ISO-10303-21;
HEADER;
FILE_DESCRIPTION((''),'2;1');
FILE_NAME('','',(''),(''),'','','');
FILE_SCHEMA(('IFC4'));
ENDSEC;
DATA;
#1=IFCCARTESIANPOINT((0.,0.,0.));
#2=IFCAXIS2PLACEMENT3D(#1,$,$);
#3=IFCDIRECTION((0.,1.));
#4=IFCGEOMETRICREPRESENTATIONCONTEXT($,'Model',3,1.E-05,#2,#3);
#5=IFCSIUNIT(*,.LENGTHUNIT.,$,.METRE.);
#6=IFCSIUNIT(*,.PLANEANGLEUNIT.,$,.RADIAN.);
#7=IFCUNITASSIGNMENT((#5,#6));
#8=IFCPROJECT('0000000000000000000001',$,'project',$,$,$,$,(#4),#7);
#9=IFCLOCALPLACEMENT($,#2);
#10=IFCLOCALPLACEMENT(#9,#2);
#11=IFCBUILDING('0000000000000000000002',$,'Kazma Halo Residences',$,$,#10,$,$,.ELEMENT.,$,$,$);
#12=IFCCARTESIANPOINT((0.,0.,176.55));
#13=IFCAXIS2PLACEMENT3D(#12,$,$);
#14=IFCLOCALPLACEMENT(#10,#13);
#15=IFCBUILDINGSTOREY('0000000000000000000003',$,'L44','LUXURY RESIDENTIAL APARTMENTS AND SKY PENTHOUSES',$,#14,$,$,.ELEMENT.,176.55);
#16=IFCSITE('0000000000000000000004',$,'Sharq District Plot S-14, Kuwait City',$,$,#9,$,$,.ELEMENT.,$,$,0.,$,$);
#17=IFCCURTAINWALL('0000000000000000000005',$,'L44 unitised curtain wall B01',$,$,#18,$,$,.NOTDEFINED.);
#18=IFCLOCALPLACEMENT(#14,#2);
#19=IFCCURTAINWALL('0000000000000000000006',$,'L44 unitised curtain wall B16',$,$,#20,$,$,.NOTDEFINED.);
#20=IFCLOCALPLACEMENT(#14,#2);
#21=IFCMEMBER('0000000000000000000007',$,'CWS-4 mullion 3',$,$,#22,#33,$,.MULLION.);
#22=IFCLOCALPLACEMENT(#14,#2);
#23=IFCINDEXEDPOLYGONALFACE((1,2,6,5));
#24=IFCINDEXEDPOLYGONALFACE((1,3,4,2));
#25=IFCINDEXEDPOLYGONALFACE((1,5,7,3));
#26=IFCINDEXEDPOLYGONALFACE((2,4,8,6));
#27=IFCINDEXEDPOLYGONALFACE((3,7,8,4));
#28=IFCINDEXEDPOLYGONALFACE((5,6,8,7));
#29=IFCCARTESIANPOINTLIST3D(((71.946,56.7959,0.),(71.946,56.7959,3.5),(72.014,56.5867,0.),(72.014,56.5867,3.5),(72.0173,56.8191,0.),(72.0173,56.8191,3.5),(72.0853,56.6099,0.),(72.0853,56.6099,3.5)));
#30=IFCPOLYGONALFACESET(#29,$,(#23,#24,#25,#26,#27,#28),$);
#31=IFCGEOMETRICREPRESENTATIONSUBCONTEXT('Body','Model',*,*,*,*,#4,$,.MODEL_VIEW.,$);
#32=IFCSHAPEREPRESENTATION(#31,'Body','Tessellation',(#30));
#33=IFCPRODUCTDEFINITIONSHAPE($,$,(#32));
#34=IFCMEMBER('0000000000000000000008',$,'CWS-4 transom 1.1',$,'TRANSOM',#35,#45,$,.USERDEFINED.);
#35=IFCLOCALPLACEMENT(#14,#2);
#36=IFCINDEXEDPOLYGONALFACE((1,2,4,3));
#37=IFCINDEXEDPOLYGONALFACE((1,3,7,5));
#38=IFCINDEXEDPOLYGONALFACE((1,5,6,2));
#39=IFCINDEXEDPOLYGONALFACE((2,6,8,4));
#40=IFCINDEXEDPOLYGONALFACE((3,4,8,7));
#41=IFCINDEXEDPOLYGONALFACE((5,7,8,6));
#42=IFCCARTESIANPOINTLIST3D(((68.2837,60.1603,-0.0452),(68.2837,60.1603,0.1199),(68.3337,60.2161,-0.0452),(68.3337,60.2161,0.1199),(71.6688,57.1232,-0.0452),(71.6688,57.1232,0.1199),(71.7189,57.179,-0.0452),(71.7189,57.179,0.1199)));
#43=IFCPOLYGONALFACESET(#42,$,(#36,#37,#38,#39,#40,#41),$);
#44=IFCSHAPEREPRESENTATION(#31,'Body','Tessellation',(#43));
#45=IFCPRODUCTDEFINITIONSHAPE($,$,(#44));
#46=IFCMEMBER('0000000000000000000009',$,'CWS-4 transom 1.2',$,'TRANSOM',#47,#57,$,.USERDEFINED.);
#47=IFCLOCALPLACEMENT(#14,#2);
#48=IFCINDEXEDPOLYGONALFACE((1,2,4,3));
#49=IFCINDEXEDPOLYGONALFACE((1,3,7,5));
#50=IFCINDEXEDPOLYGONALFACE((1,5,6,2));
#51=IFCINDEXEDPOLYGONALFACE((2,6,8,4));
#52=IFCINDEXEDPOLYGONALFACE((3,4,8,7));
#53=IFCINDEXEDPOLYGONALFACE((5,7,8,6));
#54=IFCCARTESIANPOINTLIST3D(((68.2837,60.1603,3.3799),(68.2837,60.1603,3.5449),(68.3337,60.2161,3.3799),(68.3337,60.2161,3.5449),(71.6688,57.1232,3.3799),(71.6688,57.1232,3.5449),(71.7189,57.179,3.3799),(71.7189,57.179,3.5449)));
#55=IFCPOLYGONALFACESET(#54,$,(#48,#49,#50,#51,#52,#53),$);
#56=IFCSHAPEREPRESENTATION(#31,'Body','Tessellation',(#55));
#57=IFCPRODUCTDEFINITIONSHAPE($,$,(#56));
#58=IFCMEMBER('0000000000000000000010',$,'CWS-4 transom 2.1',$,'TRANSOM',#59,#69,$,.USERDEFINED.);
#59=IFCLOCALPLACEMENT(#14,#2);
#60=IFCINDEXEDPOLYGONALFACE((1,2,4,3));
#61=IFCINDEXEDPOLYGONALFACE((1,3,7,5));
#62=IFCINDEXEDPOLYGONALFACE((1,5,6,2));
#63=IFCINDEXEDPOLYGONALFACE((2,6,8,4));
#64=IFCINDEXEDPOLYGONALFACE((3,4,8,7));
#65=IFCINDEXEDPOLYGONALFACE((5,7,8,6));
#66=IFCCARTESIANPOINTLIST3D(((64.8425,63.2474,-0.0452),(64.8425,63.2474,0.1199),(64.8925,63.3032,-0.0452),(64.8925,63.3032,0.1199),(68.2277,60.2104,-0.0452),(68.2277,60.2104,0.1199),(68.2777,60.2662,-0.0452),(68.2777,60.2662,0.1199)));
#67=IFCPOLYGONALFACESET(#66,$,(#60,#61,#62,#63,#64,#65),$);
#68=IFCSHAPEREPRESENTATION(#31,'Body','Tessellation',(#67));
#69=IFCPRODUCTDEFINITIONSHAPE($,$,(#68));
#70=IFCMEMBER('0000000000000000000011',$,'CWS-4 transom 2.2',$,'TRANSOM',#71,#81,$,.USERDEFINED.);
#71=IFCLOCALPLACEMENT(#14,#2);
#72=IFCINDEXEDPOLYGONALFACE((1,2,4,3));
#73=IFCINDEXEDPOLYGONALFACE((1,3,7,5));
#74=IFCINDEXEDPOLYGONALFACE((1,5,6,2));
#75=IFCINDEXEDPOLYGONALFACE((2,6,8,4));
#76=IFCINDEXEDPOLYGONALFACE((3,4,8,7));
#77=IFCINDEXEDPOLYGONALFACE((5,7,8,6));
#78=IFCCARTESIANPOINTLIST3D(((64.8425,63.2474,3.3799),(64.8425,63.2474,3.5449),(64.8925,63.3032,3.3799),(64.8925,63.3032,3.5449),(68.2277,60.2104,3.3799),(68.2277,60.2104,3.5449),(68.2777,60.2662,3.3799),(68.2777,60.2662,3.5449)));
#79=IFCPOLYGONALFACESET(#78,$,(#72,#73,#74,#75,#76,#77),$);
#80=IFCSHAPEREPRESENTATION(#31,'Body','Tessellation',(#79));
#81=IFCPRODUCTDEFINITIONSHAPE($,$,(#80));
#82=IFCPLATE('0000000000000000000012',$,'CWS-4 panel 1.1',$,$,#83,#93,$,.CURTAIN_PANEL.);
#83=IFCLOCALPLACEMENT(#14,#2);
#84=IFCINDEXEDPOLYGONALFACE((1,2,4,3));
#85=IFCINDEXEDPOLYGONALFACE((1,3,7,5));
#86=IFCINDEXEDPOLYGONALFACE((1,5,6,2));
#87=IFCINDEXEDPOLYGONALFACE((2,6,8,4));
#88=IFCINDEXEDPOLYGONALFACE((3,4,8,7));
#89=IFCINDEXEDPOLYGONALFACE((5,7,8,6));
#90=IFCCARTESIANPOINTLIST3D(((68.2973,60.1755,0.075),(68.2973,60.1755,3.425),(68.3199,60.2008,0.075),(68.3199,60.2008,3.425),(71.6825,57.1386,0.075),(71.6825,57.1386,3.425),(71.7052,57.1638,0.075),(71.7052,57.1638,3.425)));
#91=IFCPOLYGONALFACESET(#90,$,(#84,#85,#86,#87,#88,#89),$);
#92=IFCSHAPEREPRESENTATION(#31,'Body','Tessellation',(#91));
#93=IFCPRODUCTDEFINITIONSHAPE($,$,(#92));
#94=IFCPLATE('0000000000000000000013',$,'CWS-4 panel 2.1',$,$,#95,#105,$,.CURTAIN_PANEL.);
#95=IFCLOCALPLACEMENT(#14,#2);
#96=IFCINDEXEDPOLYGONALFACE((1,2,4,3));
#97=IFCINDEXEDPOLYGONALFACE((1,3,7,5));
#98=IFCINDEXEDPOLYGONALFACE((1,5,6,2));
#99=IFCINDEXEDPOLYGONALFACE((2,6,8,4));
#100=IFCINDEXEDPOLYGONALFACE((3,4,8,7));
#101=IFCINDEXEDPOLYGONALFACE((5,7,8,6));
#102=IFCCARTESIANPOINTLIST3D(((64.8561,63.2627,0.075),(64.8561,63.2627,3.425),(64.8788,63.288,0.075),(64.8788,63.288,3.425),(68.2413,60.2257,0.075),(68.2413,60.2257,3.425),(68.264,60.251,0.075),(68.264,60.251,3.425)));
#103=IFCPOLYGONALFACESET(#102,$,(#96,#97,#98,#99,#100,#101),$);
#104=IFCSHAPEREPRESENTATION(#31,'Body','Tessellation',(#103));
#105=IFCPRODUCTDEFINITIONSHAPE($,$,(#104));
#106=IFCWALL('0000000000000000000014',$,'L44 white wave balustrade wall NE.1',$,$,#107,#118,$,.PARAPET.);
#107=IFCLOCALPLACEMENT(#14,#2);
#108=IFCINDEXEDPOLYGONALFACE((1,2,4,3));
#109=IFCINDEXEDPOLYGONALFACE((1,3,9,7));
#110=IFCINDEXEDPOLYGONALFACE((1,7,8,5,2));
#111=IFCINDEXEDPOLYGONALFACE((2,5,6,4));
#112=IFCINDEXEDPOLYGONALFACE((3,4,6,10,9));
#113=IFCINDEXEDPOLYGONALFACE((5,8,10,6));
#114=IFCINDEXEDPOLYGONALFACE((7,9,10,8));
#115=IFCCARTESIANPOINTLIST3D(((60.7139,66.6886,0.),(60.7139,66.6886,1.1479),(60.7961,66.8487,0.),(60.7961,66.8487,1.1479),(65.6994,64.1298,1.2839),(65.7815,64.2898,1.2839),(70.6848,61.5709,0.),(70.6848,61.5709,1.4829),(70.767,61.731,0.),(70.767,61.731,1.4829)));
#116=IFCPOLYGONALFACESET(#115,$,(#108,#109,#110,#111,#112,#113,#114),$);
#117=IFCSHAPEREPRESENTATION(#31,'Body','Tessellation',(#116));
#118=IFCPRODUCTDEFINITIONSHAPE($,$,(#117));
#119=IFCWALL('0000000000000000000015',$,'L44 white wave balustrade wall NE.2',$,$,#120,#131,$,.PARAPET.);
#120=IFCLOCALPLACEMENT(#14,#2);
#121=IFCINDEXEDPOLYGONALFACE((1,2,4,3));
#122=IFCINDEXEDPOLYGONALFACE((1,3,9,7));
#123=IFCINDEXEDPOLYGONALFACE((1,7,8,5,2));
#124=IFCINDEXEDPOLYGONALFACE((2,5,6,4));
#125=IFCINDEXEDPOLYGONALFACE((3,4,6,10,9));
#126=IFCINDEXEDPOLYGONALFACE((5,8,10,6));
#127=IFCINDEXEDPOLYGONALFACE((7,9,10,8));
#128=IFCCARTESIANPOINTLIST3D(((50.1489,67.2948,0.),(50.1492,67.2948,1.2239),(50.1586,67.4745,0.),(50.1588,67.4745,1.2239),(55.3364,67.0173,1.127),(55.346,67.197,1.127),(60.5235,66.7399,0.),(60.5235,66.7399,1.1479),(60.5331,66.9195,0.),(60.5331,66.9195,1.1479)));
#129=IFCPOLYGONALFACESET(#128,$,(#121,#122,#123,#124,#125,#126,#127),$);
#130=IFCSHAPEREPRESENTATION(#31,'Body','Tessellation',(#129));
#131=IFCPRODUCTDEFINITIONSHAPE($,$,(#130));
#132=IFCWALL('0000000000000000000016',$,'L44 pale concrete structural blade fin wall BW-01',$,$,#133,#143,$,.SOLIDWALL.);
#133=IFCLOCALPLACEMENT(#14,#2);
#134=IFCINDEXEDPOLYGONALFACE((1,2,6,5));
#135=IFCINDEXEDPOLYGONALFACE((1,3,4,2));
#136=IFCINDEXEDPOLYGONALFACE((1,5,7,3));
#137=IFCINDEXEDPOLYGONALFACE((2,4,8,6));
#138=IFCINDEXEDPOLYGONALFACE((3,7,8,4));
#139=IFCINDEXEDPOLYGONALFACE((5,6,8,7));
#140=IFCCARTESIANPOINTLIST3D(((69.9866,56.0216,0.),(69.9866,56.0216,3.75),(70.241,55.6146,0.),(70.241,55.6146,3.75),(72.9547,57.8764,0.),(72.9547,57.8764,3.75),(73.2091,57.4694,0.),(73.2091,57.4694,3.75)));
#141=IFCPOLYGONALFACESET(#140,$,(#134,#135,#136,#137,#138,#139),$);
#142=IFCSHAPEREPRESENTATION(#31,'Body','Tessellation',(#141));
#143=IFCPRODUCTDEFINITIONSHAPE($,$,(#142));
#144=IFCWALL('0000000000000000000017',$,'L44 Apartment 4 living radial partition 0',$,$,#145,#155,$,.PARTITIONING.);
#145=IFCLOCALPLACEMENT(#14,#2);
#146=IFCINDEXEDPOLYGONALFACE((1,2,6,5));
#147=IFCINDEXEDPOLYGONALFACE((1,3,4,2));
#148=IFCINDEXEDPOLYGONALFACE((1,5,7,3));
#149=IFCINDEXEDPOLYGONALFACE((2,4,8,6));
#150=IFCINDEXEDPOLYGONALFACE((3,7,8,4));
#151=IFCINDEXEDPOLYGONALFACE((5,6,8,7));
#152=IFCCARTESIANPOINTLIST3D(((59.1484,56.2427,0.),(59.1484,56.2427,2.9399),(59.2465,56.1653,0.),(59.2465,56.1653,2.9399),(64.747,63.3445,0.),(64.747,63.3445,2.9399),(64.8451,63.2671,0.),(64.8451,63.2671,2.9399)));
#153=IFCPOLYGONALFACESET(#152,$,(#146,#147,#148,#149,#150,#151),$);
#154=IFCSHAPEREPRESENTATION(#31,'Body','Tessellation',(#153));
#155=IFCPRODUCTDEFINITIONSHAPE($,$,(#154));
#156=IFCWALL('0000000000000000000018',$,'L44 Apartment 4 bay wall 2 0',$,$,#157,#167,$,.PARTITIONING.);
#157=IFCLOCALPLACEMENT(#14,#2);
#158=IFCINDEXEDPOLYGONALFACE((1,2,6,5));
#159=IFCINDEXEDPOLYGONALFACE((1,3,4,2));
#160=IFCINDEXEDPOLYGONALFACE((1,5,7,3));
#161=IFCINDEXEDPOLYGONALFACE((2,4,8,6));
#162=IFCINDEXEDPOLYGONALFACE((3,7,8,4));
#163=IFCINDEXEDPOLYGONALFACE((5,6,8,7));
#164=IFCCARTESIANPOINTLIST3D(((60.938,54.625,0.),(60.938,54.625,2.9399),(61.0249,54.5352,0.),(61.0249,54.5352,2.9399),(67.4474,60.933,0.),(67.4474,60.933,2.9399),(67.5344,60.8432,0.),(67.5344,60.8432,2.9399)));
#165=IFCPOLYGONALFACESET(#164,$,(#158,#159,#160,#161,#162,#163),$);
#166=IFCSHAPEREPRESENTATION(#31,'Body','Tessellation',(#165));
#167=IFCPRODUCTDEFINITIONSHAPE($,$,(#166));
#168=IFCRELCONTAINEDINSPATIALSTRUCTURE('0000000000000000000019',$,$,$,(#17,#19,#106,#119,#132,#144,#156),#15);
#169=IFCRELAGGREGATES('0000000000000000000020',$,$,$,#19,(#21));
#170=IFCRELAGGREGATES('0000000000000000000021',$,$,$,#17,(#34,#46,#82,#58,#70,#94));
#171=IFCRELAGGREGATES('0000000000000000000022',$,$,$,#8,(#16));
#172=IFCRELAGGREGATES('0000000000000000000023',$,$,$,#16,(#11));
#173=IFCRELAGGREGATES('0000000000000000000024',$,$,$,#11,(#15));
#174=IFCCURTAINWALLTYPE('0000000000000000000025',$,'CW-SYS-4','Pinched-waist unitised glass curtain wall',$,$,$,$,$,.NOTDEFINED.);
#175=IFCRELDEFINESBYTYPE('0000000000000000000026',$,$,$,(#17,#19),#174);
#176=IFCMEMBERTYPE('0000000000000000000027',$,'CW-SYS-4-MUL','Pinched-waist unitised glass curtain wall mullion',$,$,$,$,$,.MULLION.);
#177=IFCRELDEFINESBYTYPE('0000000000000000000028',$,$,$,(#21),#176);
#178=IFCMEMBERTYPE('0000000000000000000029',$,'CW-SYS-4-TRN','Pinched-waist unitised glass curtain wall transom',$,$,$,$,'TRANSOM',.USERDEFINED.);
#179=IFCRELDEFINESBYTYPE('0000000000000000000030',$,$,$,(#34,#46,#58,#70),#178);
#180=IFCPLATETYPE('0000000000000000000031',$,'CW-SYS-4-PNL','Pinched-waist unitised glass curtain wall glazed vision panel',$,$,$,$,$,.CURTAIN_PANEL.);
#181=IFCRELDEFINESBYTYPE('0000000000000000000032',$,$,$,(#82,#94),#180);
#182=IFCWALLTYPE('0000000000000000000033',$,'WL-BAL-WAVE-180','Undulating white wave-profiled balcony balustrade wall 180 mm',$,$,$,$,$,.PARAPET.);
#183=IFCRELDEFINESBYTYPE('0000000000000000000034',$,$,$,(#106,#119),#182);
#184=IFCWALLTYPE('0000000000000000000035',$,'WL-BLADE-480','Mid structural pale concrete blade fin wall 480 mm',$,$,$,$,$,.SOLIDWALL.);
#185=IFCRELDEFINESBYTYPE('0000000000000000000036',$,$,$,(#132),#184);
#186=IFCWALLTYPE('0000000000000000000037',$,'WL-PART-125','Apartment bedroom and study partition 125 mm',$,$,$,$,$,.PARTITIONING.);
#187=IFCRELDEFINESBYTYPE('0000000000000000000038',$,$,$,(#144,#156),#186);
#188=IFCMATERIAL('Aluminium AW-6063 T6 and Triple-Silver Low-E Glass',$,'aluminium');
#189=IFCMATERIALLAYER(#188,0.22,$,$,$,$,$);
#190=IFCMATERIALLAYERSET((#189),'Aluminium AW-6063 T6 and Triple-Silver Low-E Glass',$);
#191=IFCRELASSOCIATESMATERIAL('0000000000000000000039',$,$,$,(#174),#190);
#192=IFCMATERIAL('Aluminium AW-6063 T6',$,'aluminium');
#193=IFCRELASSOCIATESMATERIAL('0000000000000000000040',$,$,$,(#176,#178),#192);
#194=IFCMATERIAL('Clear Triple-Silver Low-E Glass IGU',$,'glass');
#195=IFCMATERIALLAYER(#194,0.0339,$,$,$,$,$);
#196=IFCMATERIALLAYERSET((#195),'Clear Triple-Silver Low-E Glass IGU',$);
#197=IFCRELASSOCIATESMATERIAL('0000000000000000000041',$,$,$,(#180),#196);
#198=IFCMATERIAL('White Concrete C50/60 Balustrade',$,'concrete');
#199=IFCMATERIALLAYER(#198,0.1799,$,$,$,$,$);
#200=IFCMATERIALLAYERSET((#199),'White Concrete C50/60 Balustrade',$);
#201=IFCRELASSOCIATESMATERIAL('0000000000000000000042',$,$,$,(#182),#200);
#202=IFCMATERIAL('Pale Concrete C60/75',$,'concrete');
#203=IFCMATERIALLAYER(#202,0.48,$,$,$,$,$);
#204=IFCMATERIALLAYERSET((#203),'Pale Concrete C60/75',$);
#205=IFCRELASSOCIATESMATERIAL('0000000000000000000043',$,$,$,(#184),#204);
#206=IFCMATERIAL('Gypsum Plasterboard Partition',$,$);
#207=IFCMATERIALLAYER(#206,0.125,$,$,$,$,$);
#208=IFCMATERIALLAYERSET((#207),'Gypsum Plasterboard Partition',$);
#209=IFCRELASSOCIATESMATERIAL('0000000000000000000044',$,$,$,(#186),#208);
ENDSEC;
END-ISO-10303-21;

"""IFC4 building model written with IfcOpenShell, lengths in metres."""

from ifc_helpers import new_model, si_unit, direction, frame, frame_2d, origin, origin_2d, place, context, subcontext, project, spatial, polyline, rectangle, outline, extrude, material, layer, layer_set, material_profile, profile_set, type_object, element, aggregate, save


model = new_model("IFC4")

# Units and contexts
model_context = context("Model", 3, precision=1e-05, world=origin(), true_north=direction((0.0, 1.0)))
body_context = subcontext(model_context, "Body", "Model", "MODEL_VIEW")
ifc_project = project(units=[si_unit("LENGTHUNIT", "METRE"), si_unit("PLANEANGLEUNIT", "RADIAN")], contexts=[model_context])

# Site, building, storey
site_placement = place(None, origin())
site = spatial("IfcSite", under=ifc_project, at=site_placement, Name="Sharq District Plot S-14, Kuwait City", CompositionType="ELEMENT", RefElevation=0.0)
building_placement = place(site_placement, origin())
building = spatial("IfcBuilding", under=site, at=building_placement, Name="Kazma Halo Residences", CompositionType="ELEMENT")
storey_placement = place(building_placement, frame((0.0, 0.0, 176.55)))
storey = spatial("IfcBuildingStorey", under=building, at=storey_placement, Name="L44", Description="LUXURY RESIDENTIAL APARTMENTS AND SKY PENTHOUSES", CompositionType="ELEMENT", Elevation=176.55)

# Curtain wall
ifc_material_1 = material(Name="Aluminium AW-6063 T6 and Triple-Silver Low-E Glass", Category="aluminium")
ifc_layer_1 = layer(ifc_material_1, 0.22)
ifc_layer_set_1 = layer_set([ifc_layer_1], Name="Aluminium AW-6063 T6 and Triple-Silver Low-E Glass")
curtain_wall_type = type_object("IfcCurtainWallType", Name="CW-SYS-4", Description="Pinched-waist unitised glass curtain wall", PredefinedType="NOTDEFINED", material=ifc_layer_set_1)
curtain_wall_1_placement = place(storey_placement, origin())
curtain_wall_1 = element("IfcCurtainWall", 1, at=curtain_wall_1_placement, inside=storey, type_object=curtain_wall_type, Name="L44 unitised curtain wall B01", PredefinedType="NOTDEFINED")
ifc_material_2 = material(Name="Aluminium AW-6063 T6", Category="aluminium")
ifc_material_profile_1 = material_profile(ifc_material_2, rectangle(XDim=0.075, YDim=0.22, at=origin_2d()), Name="CWM-75x220")
ifc_profile_set_1 = profile_set([ifc_material_profile_1], Name="Aluminium AW-6063 T6")
member_type_1 = type_object("IfcMemberType", Name="CW-SYS-4-MUL", Description="Pinched-waist unitised glass curtain wall mullion", PredefinedType="MULLION", material=ifc_profile_set_1)

# Curtain wall, member
curtain_wall_2_placement = place(storey_placement, origin())
curtain_wall_2 = element("IfcCurtainWall", 2, at=curtain_wall_2_placement, inside=storey, type_object=curtain_wall_type, Name="L44 unitised curtain wall B16", PredefinedType="NOTDEFINED")
member_1_placement = place(storey_placement, frame((72.0156, 56.7029, 0.0), z_axis=(0.0, 0.0, 1.0), x_axis=(-0.951057, -0.309016, 0.0)))
member_1 = element("IfcMember", 3, at=member_1_placement, type_object=member_type_1, Name="CWS-4 mullion 3", PredefinedType="MULLION", context=body_context, shape_type="SweptSolid", body=[
    extrude(rectangle(XDim=0.075, YDim=0.22, at=origin_2d()), origin(), (0.0, 0.0, 1.0), 3.5),
])
aggregate(curtain_wall_2, [member_1])

# Members
ifc_material_profile_2 = material_profile(ifc_material_2, rectangle(XDim=0.075, YDim=0.165, at=origin_2d()), Name="CWT-75x165")
ifc_profile_set_2 = profile_set([ifc_material_profile_2], Name="Aluminium AW-6063 T6")
member_type_2 = type_object("IfcMemberType", Name="CW-SYS-4-TRN", Description="Pinched-waist unitised glass curtain wall transom", ElementType="TRANSOM", PredefinedType="USERDEFINED", material=ifc_profile_set_2)
member_2_placement = place(storey_placement, frame((71.6938, 57.1511, 0.0374), z_axis=(-0.744345, 0.667795, 0.0), x_axis=(-0.667795, -0.744345, 0.0)))
member_2 = element("IfcMember", 4, at=member_2_placement, type_object=member_type_2, Name="CWS-4 transom 1.1", ObjectType="TRANSOM", PredefinedType="USERDEFINED", context=body_context, shape_type="SweptSolid", body=[
    extrude(rectangle(XDim=0.075, YDim=0.165, at=origin_2d()), origin(), (0.0, 0.0, 1.0), 4.5479),
])
member_3_placement = place(storey_placement, frame((71.6938, 57.1511, 3.4624), z_axis=(-0.744345, 0.667795, 0.0), x_axis=(-0.667795, -0.744345, 0.0)))
member_3 = element("IfcMember", 5, at=member_3_placement, type_object=member_type_2, Name="CWS-4 transom 1.2", ObjectType="TRANSOM", PredefinedType="USERDEFINED", context=body_context, shape_type="SweptSolid", body=[
    extrude(rectangle(XDim=0.075, YDim=0.165, at=origin_2d()), origin(), (0.0, 0.0, 1.0), 4.5479),
])
member_4_placement = place(storey_placement, frame((68.2527, 60.2383, 0.0374), z_axis=(-0.744345, 0.667795, 0.0), x_axis=(-0.667795, -0.744345, 0.0)))
member_4 = element("IfcMember", 6, at=member_4_placement, type_object=member_type_2, Name="CWS-4 transom 2.1", ObjectType="TRANSOM", PredefinedType="USERDEFINED", context=body_context, shape_type="SweptSolid", body=[
    extrude(rectangle(XDim=0.075, YDim=0.165, at=origin_2d()), origin(), (0.0, 0.0, 1.0), 4.5479),
])
member_5_placement = place(storey_placement, frame((68.2527, 60.2383, 3.4624), z_axis=(-0.744345, 0.667795, 0.0), x_axis=(-0.667795, -0.744345, 0.0)))
member_5 = element("IfcMember", 7, at=member_5_placement, type_object=member_type_2, Name="CWS-4 transom 2.2", ObjectType="TRANSOM", PredefinedType="USERDEFINED", context=body_context, shape_type="SweptSolid", body=[
    extrude(rectangle(XDim=0.075, YDim=0.165, at=origin_2d()), origin(), (0.0, 0.0, 1.0), 4.5479),
])

# Plates
ifc_material_3 = material(Name="Clear Triple-Silver Low-E Glass IGU", Category="glass")
ifc_layer_2 = layer(ifc_material_3, 0.0339)
ifc_layer_set_2 = layer_set([ifc_layer_2], Name="Clear Triple-Silver Low-E Glass IGU")
plate_type = type_object("IfcPlateType", Name="CW-SYS-4-PNL", Description="Pinched-waist unitised glass curtain wall glazed vision panel", PredefinedType="CURTAIN_PANEL", material=ifc_layer_set_2)
plate_1_placement = place(storey_placement, frame((70.0012, 58.6697, 0.075), z_axis=(0.0, 0.0, 1.0), x_axis=(-0.744355, 0.667784, 0.0)))
plate_1 = element("IfcPlate", 8, at=plate_1_placement, type_object=plate_type, Name="CWS-4 panel 1.1", PredefinedType="CURTAIN_PANEL", context=body_context, shape_type="SweptSolid", body=[
    extrude(rectangle(XDim=4.5479, YDim=0.0339, at=origin_2d()), origin(), (0.0, 0.0, 1.0), 3.3501),
])
plate_2_placement = place(storey_placement, frame((66.5601, 61.7568, 0.075), z_axis=(0.0, 0.0, 1.0), x_axis=(-0.744355, 0.667784, 0.0)))
plate_2 = element("IfcPlate", 9, at=plate_2_placement, type_object=plate_type, Name="CWS-4 panel 2.1", PredefinedType="CURTAIN_PANEL", context=body_context, shape_type="SweptSolid", body=[
    extrude(rectangle(XDim=4.5479, YDim=0.0339, at=origin_2d()), origin(), (0.0, 0.0, 1.0), 3.3501),
])
aggregate(curtain_wall_1, [member_2, member_3, plate_1, member_4, member_5, plate_2])

# Walls
ifc_material_4 = material(Name="White Concrete C50/60 Balustrade", Category="concrete")
ifc_layer_3 = layer(ifc_material_4, 0.1799)
ifc_layer_set_3 = layer_set([ifc_layer_3], Name="White Concrete C50/60 Balustrade")
wall_type_1 = type_object("IfcWallType", Name="WL-BAL-WAVE-180", Description="Undulating white wave-profiled balcony balustrade wall 180 mm", PredefinedType="PARAPET", material=ifc_layer_set_3)
wall_1_placement = place(storey_placement, frame((70.7258, 61.6509, 0.0), z_axis=(0.0, 0.0, 1.0), x_axis=(-0.889659, 0.456625, 0.0)))
element("IfcWall", 10, at=wall_1_placement, inside=storey, type_object=wall_type_1, Name="L44 white wave balustrade wall NE.1", PredefinedType="PARAPET", context=body_context, shape_type="SweptSolid", body=[
    extrude(outline(polyline([(0.0, 0.0), (11.2075, 0.0), (11.2075, 1.1479), (5.6038, 1.2839), (0.0, 1.4829), (0.0, 0.0)])), frame((0.0, 0.0898, 0.0), z_axis=(0.0, -1.0, 0.0), x_axis=(1.0, 0.0, 0.0)), (0.0, 0.0, 1.0), 0.1799),
])
wall_2_placement = place(storey_placement, frame((60.5283, 66.8296, 0.0), z_axis=(0.0, 0.0, 1.0), x_axis=(-0.998572, 0.053414, 0.0)))
element("IfcWall", 11, at=wall_2_placement, inside=storey, type_object=wall_type_1, Name="L44 white wave balustrade wall NE.2", PredefinedType="PARAPET", context=body_context, shape_type="SweptSolid", body=[
    extrude(outline(polyline([(0.0, 0.0), (10.3894, 0.0), (10.3892, 1.2239), (5.1946, 1.127), (0.0, 1.1479), (0.0, 0.0)])), frame((0.0, 0.0898, 0.0), z_axis=(0.0, -1.0, 0.0), x_axis=(1.0, 0.0, 0.0)), (0.0, 0.0, 1.0), 0.1799),
])
ifc_material_5 = material(Name="Pale Concrete C60/75", Category="concrete")
ifc_layer_4 = layer(ifc_material_5, 0.48)
ifc_layer_set_4 = layer_set([ifc_layer_4], Name="Pale Concrete C60/75")
wall_type_2 = type_object("IfcWallType", Name="WL-BLADE-480", Description="Mid structural pale concrete blade fin wall 480 mm", PredefinedType="SOLIDWALL", material=ifc_layer_set_4)
wall_3_placement = place(storey_placement, frame((70.1138, 55.8181, 0.0), z_axis=(0.0, 0.0, 1.0), x_axis=(0.848034, 0.529943, 0.0)))
element("IfcWall", 12, at=wall_3_placement, inside=storey, type_object=wall_type_2, Name="L44 pale concrete structural blade fin wall BW-01", PredefinedType="SOLIDWALL", context=body_context, shape_type="SweptSolid", body=[
    extrude(rectangle(XDim=3.5, YDim=0.48, at=frame_2d((1.75, 0.0))), origin(), (0.0, 0.0, 1.0), 3.75),
])

# Walls
ifc_material_6 = material(Name="Gypsum Plasterboard Partition")
ifc_layer_5 = layer(ifc_material_6, 0.125)
ifc_layer_set_5 = layer_set([ifc_layer_5], Name="Gypsum Plasterboard Partition")
wall_type_3 = type_object("IfcWallType", Name="WL-PART-125", Description="Apartment bedroom and study partition 125 mm", PredefinedType="PARTITIONING", material=ifc_layer_set_5)
wall_4_placement = place(storey_placement, frame((59.1975, 56.2041, 0.0), z_axis=(0.0, 0.0, 1.0), x_axis=(0.619095, 0.785316, 0.0)))
element("IfcWall", 13, at=wall_4_placement, inside=storey, type_object=wall_type_3, Name="L44 Apartment 4 living radial partition 0", PredefinedType="PARTITIONING", context=body_context, shape_type="SweptSolid", body=[
    extrude(rectangle(XDim=9.0432, YDim=0.125, at=frame_2d((4.5215, 0.0))), origin(), (0.0, 0.0, 1.0), 2.9399),
])
wall_5_placement = place(storey_placement, frame((60.9814, 54.5801, 0.0), z_axis=(0.0, 0.0, 1.0), x_axis=(0.71813, 0.695909, 0.0)))
element("IfcWall", 14, at=wall_5_placement, inside=storey, type_object=wall_type_3, Name="L44 Apartment 4 bay wall 2 0", PredefinedType="PARTITIONING", context=body_context, shape_type="SweptSolid", body=[
    extrude(rectangle(XDim=9.0645, YDim=0.125, at=frame_2d((4.5322, 0.0))), origin(), (0.0, 0.0, 1.0), 2.9399),
])

save(model, "model.ifc")
